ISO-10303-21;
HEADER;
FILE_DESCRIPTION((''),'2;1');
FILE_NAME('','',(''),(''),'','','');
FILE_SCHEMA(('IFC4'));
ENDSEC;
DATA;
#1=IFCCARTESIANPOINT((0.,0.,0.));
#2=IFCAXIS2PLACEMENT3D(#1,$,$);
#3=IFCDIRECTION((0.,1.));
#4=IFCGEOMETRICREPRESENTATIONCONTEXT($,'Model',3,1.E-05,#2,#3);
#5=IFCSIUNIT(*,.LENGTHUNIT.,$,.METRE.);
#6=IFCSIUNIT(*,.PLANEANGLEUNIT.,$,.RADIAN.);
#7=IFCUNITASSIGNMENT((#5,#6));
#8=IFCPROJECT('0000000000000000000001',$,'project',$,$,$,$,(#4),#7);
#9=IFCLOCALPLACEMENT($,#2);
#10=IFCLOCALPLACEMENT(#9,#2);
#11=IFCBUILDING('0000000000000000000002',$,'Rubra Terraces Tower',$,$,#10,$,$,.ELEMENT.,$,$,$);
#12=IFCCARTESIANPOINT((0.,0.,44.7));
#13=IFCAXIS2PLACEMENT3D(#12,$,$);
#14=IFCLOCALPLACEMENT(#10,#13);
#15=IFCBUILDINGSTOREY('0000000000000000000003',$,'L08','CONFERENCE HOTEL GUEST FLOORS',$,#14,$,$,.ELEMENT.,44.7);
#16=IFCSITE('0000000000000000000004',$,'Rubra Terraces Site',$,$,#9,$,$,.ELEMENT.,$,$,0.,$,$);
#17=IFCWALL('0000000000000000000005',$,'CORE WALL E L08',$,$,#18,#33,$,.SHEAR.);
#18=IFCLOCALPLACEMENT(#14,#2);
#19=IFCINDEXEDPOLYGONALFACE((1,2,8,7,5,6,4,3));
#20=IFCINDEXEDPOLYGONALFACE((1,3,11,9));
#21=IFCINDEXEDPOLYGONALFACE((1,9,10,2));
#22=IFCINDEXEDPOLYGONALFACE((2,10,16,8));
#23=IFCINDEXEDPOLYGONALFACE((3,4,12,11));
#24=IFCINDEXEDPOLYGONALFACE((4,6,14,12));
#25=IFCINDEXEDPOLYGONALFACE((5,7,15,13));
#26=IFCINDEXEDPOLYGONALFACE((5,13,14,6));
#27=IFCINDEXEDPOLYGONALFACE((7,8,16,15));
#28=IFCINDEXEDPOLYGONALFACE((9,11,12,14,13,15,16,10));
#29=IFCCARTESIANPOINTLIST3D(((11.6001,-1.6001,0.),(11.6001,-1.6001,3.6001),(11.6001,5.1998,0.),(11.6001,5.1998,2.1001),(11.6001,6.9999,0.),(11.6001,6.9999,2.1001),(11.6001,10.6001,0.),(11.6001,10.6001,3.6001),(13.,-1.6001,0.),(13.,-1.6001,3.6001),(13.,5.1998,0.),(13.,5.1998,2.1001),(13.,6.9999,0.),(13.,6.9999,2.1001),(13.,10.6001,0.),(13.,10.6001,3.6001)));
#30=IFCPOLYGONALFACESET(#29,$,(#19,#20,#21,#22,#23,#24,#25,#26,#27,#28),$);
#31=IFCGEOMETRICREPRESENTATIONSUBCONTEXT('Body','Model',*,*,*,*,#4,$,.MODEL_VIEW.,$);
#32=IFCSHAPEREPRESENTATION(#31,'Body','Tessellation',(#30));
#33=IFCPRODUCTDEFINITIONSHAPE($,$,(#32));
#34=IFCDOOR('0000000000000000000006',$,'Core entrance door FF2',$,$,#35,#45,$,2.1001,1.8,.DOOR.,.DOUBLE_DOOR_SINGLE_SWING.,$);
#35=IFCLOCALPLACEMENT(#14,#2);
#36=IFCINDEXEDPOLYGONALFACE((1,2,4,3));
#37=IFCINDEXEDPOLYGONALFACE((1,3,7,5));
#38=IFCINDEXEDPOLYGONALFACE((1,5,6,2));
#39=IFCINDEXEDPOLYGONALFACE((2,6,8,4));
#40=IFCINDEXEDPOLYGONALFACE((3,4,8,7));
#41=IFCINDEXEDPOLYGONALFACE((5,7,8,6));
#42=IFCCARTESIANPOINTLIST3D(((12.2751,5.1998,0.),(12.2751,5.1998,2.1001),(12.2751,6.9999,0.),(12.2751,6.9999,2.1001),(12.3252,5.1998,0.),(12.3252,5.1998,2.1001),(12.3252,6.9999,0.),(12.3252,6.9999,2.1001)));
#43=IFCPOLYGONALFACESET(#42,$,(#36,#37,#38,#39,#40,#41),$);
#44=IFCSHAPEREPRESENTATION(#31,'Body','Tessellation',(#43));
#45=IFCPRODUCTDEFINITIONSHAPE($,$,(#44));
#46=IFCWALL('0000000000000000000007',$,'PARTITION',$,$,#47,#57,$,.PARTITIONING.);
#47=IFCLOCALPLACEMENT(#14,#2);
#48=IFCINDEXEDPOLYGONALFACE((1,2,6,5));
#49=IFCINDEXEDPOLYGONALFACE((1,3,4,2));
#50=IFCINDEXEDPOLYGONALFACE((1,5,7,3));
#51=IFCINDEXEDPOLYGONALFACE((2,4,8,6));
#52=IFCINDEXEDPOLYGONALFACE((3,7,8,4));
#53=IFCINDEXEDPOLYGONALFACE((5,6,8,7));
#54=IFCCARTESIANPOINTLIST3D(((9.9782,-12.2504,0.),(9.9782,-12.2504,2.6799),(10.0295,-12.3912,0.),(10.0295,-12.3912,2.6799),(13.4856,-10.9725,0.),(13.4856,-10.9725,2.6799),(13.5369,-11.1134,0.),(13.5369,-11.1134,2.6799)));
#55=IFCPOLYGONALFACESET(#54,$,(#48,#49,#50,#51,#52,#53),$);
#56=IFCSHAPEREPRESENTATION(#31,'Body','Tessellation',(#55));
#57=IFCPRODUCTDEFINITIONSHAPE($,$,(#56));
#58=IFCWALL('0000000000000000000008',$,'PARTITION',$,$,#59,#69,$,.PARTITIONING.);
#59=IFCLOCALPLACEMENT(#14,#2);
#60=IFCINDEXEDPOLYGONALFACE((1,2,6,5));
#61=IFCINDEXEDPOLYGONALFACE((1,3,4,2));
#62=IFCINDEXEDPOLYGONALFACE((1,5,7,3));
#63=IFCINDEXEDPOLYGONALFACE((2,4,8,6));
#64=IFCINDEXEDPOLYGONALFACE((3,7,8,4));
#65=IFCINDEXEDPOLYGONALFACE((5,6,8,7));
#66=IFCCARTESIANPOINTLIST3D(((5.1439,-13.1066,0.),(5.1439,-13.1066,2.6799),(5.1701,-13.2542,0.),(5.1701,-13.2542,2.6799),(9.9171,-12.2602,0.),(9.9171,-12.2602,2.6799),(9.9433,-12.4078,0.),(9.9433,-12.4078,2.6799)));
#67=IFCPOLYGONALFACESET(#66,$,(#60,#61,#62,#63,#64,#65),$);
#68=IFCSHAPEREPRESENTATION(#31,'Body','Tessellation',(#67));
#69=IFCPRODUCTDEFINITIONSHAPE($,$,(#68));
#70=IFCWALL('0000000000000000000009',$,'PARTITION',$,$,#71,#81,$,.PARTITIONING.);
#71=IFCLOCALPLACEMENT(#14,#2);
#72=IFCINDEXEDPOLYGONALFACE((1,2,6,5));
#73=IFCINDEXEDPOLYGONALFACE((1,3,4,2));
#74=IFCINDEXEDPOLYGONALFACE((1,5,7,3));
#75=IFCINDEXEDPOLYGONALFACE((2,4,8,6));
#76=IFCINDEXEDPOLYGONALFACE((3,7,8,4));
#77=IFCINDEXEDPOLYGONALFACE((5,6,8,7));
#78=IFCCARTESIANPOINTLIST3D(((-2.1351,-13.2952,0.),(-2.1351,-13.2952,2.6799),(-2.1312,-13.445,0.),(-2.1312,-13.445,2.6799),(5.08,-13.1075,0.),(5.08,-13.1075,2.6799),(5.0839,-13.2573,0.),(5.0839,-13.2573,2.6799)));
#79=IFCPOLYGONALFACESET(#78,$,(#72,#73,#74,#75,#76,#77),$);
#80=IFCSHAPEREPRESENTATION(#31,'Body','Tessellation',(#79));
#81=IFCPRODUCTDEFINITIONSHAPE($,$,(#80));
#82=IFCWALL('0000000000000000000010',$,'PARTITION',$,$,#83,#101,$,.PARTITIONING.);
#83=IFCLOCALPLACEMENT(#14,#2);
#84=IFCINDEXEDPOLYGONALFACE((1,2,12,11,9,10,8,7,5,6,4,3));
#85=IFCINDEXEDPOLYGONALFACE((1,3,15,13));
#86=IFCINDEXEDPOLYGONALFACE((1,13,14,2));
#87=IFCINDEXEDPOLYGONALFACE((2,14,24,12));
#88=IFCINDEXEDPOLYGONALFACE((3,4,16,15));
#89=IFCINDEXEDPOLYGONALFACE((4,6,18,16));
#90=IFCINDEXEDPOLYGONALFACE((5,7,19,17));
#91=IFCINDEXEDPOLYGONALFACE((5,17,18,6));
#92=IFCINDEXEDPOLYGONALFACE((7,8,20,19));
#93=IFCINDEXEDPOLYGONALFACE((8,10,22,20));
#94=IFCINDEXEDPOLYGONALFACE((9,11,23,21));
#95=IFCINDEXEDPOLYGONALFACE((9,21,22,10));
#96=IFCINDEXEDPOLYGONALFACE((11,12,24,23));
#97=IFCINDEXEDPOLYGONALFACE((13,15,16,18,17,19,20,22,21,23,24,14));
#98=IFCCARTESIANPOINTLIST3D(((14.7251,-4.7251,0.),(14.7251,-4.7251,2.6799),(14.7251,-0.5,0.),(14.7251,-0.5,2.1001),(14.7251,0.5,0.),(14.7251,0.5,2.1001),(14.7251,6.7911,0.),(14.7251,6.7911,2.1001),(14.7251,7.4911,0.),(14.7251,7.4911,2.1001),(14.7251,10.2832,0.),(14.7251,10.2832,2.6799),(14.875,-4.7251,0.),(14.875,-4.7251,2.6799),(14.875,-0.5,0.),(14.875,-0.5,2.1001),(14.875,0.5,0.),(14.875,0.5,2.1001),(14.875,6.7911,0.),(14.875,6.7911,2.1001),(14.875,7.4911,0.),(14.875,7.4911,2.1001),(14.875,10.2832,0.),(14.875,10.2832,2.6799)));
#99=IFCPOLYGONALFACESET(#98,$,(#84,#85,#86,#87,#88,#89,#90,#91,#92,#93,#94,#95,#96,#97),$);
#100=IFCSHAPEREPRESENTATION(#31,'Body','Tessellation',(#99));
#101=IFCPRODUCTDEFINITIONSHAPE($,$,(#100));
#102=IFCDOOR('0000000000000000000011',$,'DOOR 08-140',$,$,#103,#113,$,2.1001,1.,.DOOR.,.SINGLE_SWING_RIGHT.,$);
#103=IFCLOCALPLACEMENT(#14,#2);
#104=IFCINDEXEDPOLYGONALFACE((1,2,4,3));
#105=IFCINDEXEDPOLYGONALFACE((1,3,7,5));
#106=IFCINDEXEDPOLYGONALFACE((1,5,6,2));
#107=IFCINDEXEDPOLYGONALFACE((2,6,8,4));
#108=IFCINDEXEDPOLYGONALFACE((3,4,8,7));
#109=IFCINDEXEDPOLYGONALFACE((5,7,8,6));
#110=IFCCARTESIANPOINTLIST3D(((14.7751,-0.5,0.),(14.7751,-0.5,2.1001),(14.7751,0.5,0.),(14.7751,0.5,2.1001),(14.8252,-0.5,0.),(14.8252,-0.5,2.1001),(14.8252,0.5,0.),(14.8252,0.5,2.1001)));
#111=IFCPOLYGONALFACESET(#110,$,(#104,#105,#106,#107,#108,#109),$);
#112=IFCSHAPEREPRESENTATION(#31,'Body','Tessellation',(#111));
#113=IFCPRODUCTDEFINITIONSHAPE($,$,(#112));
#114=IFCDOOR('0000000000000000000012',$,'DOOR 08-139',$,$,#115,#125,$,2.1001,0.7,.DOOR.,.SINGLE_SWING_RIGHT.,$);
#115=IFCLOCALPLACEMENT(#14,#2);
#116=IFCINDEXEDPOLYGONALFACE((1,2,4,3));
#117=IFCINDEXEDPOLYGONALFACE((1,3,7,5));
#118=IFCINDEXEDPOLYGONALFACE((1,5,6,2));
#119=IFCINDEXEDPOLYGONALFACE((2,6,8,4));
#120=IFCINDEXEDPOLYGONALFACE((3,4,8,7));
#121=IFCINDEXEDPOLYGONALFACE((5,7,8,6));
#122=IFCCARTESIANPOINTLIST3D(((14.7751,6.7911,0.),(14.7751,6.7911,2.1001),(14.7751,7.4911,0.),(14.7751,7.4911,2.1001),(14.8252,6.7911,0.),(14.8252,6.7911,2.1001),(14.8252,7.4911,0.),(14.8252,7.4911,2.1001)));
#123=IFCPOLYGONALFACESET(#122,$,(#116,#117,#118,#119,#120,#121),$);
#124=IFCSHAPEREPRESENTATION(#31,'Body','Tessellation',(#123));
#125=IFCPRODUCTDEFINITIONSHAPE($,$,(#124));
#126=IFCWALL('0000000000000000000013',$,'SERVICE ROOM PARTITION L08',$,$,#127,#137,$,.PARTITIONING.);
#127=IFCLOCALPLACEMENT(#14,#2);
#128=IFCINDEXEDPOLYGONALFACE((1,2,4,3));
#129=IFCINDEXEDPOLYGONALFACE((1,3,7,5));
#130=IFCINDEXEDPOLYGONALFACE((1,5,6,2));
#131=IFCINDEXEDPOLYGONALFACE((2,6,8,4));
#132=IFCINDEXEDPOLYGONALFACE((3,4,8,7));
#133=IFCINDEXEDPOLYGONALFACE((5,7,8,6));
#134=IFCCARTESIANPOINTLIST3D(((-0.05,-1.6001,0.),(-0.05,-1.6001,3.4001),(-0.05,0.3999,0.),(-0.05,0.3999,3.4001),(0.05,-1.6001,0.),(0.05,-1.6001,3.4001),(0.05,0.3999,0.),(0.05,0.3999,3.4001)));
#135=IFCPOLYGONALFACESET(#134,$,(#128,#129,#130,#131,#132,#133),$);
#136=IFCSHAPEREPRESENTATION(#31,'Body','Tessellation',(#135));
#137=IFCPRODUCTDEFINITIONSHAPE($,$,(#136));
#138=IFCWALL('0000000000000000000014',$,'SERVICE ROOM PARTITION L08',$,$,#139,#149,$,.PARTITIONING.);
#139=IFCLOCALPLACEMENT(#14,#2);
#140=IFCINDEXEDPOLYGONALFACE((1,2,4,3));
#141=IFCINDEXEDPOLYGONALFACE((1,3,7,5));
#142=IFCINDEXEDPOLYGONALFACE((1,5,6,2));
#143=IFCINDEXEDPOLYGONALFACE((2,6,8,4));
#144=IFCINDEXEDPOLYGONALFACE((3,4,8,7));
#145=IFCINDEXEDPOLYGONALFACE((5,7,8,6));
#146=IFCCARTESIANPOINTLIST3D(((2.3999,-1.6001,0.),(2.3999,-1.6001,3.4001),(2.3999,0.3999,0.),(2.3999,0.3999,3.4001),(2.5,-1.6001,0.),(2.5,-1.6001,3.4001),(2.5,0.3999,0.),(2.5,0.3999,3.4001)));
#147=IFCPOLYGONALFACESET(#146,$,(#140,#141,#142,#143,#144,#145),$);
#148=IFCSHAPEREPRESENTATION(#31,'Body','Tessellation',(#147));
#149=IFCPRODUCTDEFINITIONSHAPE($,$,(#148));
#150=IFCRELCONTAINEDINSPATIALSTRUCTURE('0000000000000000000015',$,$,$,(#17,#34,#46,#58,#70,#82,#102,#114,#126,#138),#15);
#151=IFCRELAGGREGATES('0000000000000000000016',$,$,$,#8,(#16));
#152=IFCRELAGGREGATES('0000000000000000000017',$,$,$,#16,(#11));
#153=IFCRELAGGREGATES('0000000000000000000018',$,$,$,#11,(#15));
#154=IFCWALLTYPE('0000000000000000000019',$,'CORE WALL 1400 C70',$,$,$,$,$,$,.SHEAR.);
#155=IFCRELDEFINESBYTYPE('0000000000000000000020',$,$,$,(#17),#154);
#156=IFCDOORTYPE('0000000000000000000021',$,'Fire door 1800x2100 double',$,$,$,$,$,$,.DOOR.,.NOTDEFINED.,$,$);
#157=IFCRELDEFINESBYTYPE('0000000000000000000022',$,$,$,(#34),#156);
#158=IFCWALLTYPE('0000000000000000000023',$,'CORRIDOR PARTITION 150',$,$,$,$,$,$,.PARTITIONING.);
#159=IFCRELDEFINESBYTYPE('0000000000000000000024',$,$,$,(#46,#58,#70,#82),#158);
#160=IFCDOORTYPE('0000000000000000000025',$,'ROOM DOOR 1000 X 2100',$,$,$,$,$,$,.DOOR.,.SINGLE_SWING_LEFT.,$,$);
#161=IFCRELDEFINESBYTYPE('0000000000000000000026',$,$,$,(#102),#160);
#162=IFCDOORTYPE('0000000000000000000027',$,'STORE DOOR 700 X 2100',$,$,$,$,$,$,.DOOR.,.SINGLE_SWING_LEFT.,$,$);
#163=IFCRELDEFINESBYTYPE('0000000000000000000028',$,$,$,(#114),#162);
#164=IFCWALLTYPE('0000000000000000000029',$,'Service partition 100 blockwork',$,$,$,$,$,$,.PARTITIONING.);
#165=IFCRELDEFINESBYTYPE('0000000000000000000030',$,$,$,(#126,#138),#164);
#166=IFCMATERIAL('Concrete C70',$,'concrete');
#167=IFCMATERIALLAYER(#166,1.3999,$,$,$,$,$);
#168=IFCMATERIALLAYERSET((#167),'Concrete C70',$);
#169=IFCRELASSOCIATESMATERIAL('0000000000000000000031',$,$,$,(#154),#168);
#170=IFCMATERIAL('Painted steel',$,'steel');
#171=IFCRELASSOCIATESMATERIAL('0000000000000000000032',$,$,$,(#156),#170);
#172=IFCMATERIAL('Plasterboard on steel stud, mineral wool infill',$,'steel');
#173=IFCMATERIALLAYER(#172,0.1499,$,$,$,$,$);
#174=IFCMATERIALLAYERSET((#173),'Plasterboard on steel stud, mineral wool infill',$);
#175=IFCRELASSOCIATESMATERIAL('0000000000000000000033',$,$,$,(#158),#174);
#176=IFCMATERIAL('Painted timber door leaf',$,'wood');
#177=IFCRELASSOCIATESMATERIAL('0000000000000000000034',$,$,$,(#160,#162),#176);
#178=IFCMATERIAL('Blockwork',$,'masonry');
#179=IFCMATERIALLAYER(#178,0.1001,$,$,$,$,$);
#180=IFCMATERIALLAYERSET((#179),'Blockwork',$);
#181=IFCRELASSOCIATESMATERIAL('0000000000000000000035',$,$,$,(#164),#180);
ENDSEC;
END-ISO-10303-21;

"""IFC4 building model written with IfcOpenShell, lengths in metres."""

from ifc_helpers import new_model, si_unit, direction, frame, frame_2d, origin, place, context, subcontext, project, spatial, rectangle, extrude, material, layer, layer_set, type_object, element, fill, save


model = new_model("IFC4")

# Units and contexts
model_context = context("Model", 3, precision=1e-05, world=origin(), true_north=direction((0.0, 1.0)))
body_context = subcontext(model_context, "Body", "Model", "MODEL_VIEW")
ifc_project = project(units=[si_unit("LENGTHUNIT", "METRE"), si_unit("PLANEANGLEUNIT", "RADIAN")], contexts=[model_context])

# Site, building, storey
site_placement = place(None, origin())
site = spatial("IfcSite", under=ifc_project, at=site_placement, Name="Rubra Terraces Site", CompositionType="ELEMENT", RefElevation=0.0)
building_placement = place(site_placement, origin())
building = spatial("IfcBuilding", under=site, at=building_placement, Name="Rubra Terraces Tower", CompositionType="ELEMENT")
storey_placement = place(building_placement, frame((0.0, 0.0, 44.7)))
storey = spatial("IfcBuildingStorey", under=building, at=storey_placement, Name="L08", Description="CONFERENCE HOTEL GUEST FLOORS", CompositionType="ELEMENT", Elevation=44.7)

# Wall, opening, door
ifc_material_1 = material(Name="Concrete C70", Category="concrete")
ifc_layer_1 = layer(ifc_material_1, 1.3999)
ifc_layer_set_1 = layer_set([ifc_layer_1], Name="Concrete C70")
wall_type_1 = type_object("IfcWallType", Name="CORE WALL 1400 C70", PredefinedType="SHEAR", material=ifc_layer_set_1)
wall_1_placement = place(storey_placement, frame((12.3, -1.6001, 0.0), z_axis=(0.0, 0.0, 1.0), x_axis=(0.0, 1.0, 0.0)))
wall_1 = element("IfcWall", 1, at=wall_1_placement, inside=storey, type_object=wall_type_1, Name="CORE WALL E L08", PredefinedType="SHEAR", context=body_context, shape_type="SweptSolid", body=[
    extrude(rectangle(XDim=12.2002, YDim=1.3999, at=frame_2d((6.1001, 0.0))), origin(), (0.0, 0.0, 1.0), 3.6001),
])
opening_1_placement = place(wall_1_placement, frame((6.8, 0.0, 0.0)))
opening_1 = element("IfcOpeningElement", 2, at=opening_1_placement, cuts=wall_1, PredefinedType="OPENING", context=body_context, shape_type="SweptSolid", body=[
    extrude(rectangle(XDim=1.8, YDim=2.1001, at=frame_2d((0.8999, 1.05))), frame((0.0, 0.71, 0.0), z_axis=(0.0, -1.0, 0.0), x_axis=(1.0, 0.0, 0.0)), (0.0, 0.0, 1.0), 1.4199),
])
ifc_material_2 = material(Name="Painted steel", Category="steel")
door_type_1 = type_object("IfcDoorType", Name="Fire door 1800x2100 double", OperationType="NOTDEFINED", PredefinedType="DOOR", material=ifc_material_2)
door_1_placement = place(opening_1_placement, origin())
door_1 = element("IfcDoor", 3, at=door_1_placement, inside=storey, type_object=door_type_1, Name="Core entrance door FF2", OperationType="DOUBLE_DOOR_SINGLE_SWING", OverallHeight=2.1001, OverallWidth=1.8, PredefinedType="DOOR", context=body_context, shape_type="SweptSolid", body=[
    extrude(rectangle(XDim=1.8, YDim=2.1001, at=frame_2d((0.8999, 1.05))), frame((0.0, 0.0249, 0.0), z_axis=(0.0, -1.0, 0.0), x_axis=(1.0, 0.0, 0.0)), (0.0, 0.0, 1.0), 0.05),
])
fill(opening_1, door_1)

# Walls
ifc_material_3 = material(Name="Plasterboard on steel stud, mineral wool infill", Category="steel")
ifc_layer_2 = layer(ifc_material_3, 0.1499)
ifc_layer_set_2 = layer_set([ifc_layer_2], Name="Plasterboard on steel stud, mineral wool infill")
wall_type_2 = type_object("IfcWallType", Name="CORRIDOR PARTITION 150", PredefinedType="PARTITIONING", material=ifc_layer_set_2)
wall_2_placement = place(storey_placement, frame((13.5112, -11.043, 0.0), z_axis=(0.0, 0.0, 1.0), x_axis=(-0.939583, -0.342321, 0.0)))
element("IfcWall", 4, at=wall_2_placement, inside=storey, type_object=wall_type_2, Name="PARTITION", PredefinedType="PARTITIONING", context=body_context, shape_type="SweptSolid", body=[
    extrude(rectangle(XDim=3.7329, YDim=0.1499, at=frame_2d((1.8665, 0.0))), origin(), (0.0, 0.0, 1.0), 2.6799),
])
wall_3_placement = place(storey_placement, frame((9.9302, -12.334, 0.0), z_axis=(0.0, 0.0, 1.0), x_axis=(-0.984638, -0.174607, 0.0)))
element("IfcWall", 5, at=wall_3_placement, inside=storey, type_object=wall_type_2, Name="PARTITION", PredefinedType="PARTITIONING", context=body_context, shape_type="SweptSolid", body=[
    extrude(rectangle(XDim=4.8477, YDim=0.1499, at=frame_2d((2.4238, 0.0))), origin(), (0.0, 0.0, 1.0), 2.6799),
])
wall_4_placement = place(storey_placement, frame((5.082, -13.1824, 0.0), z_axis=(0.0, 0.0, 1.0), x_axis=(-0.999662, -0.026012, 0.0)))
element("IfcWall", 6, at=wall_4_placement, inside=storey, type_object=wall_type_2, Name="PARTITION", PredefinedType="PARTITIONING", context=body_context, shape_type="SweptSolid", body=[
    extrude(rectangle(XDim=7.2175, YDim=0.1499, at=frame_2d((3.6089, 0.0))), origin(), (0.0, 0.0, 1.0), 2.6799),
])

# Wall, openings, doors
wall_5_placement = place(storey_placement, frame((14.8, -4.7251, 0.0), z_axis=(0.0, 0.0, 1.0), x_axis=(0.0, 1.0, 0.0)))
wall_5 = element("IfcWall", 7, at=wall_5_placement, inside=storey, type_object=wall_type_2, Name="PARTITION", PredefinedType="PARTITIONING", context=body_context, shape_type="SweptSolid", body=[
    extrude(rectangle(XDim=15.0083, YDim=0.1499, at=frame_2d((7.5042, 0.0))), origin(), (0.0, 0.0, 1.0), 2.6799),
])
opening_2_placement = place(wall_5_placement, frame((11.5161, 0.0, 0.0)))
opening_2 = element("IfcOpeningElement", 8, at=opening_2_placement, cuts=wall_5, PredefinedType="OPENING", context=body_context, shape_type="SweptSolid", body=[
    extrude(rectangle(XDim=0.7, YDim=2.1001, at=frame_2d((0.3501, 1.05))), frame((0.0, 0.085, 0.0), z_axis=(0.0, -1.0, 0.0), x_axis=(1.0, 0.0, 0.0)), (0.0, 0.0, 1.0), 0.1699),
])
opening_3_placement = place(wall_5_placement, frame((4.2251, 0.0, 0.0)))
opening_3 = element("IfcOpeningElement", 9, at=opening_3_placement, cuts=wall_5, PredefinedType="OPENING", context=body_context, shape_type="SweptSolid", body=[
    extrude(rectangle(XDim=1.0, YDim=2.1001, at=frame_2d((0.5, 1.05))), frame((0.0, 0.085, 0.0), z_axis=(0.0, -1.0, 0.0), x_axis=(1.0, 0.0, 0.0)), (0.0, 0.0, 1.0), 0.1699),
])
ifc_material_4 = material(Name="Painted timber door leaf", Category="wood")
door_type_2 = type_object("IfcDoorType", Name="ROOM DOOR 1000 X 2100", OperationType="SINGLE_SWING_LEFT", PredefinedType="DOOR", material=ifc_material_4)
door_2_placement = place(opening_3_placement, origin())
door_2 = element("IfcDoor", 10, at=door_2_placement, inside=storey, type_object=door_type_2, Name="DOOR 08-140", OperationType="SINGLE_SWING_RIGHT", OverallHeight=2.1001, OverallWidth=1.0, PredefinedType="DOOR", context=body_context, shape_type="SweptSolid", body=[
    extrude(rectangle(XDim=1.0, YDim=2.1001, at=frame_2d((0.5, 1.05))), frame((0.0, 0.0249, 0.0), z_axis=(0.0, -1.0, 0.0), x_axis=(1.0, 0.0, 0.0)), (0.0, 0.0, 1.0), 0.05),
])
fill(opening_3, door_2)
door_type_3 = type_object("IfcDoorType", Name="STORE DOOR 700 X 2100", OperationType="SINGLE_SWING_LEFT", PredefinedType="DOOR", material=ifc_material_4)
door_3_placement = place(opening_2_placement, origin())
door_3 = element("IfcDoor", 11, at=door_3_placement, inside=storey, type_object=door_type_3, Name="DOOR 08-139", OperationType="SINGLE_SWING_RIGHT", OverallHeight=2.1001, OverallWidth=0.7, PredefinedType="DOOR", context=body_context, shape_type="SweptSolid", body=[
    extrude(rectangle(XDim=0.7, YDim=2.1001, at=frame_2d((0.3501, 1.05))), frame((0.0, 0.0249, 0.0), z_axis=(0.0, -1.0, 0.0), x_axis=(1.0, 0.0, 0.0)), (0.0, 0.0, 1.0), 0.05),
])
fill(opening_2, door_3)

# Walls
ifc_material_5 = material(Name="Blockwork", Category="masonry")
ifc_layer_3 = layer(ifc_material_5, 0.1001)
ifc_layer_set_3 = layer_set([ifc_layer_3], Name="Blockwork")
wall_type_3 = type_object("IfcWallType", Name="Service partition 100 blockwork", PredefinedType="PARTITIONING", material=ifc_layer_set_3)
for number, where, z_axis, x_axis, name in (
    (12, (0.0, -1.6001, 0.0), (0.0, 0.0, 1.0), (0.0, 1.0, 0.0), "SERVICE ROOM PARTITION L08"),
    (13, (2.45, -1.6001, 0.0), (0.0, 0.0, 1.0), (0.0, 1.0, 0.0), "SERVICE ROOM PARTITION L08"),
):
    element("IfcWall", number, at=place(storey_placement, frame(where, z_axis=z_axis, x_axis=x_axis)), inside=storey, type_object=wall_type_3, Name=name, PredefinedType="PARTITIONING", context=body_context, shape_type="SweptSolid", body=[
        extrude(rectangle(XDim=2.0, YDim=0.1001, at=frame_2d((1.0, 0.0))), origin(), (0.0, 0.0, 1.0), 3.4001),
    ])

save(model, "model.ifc")
